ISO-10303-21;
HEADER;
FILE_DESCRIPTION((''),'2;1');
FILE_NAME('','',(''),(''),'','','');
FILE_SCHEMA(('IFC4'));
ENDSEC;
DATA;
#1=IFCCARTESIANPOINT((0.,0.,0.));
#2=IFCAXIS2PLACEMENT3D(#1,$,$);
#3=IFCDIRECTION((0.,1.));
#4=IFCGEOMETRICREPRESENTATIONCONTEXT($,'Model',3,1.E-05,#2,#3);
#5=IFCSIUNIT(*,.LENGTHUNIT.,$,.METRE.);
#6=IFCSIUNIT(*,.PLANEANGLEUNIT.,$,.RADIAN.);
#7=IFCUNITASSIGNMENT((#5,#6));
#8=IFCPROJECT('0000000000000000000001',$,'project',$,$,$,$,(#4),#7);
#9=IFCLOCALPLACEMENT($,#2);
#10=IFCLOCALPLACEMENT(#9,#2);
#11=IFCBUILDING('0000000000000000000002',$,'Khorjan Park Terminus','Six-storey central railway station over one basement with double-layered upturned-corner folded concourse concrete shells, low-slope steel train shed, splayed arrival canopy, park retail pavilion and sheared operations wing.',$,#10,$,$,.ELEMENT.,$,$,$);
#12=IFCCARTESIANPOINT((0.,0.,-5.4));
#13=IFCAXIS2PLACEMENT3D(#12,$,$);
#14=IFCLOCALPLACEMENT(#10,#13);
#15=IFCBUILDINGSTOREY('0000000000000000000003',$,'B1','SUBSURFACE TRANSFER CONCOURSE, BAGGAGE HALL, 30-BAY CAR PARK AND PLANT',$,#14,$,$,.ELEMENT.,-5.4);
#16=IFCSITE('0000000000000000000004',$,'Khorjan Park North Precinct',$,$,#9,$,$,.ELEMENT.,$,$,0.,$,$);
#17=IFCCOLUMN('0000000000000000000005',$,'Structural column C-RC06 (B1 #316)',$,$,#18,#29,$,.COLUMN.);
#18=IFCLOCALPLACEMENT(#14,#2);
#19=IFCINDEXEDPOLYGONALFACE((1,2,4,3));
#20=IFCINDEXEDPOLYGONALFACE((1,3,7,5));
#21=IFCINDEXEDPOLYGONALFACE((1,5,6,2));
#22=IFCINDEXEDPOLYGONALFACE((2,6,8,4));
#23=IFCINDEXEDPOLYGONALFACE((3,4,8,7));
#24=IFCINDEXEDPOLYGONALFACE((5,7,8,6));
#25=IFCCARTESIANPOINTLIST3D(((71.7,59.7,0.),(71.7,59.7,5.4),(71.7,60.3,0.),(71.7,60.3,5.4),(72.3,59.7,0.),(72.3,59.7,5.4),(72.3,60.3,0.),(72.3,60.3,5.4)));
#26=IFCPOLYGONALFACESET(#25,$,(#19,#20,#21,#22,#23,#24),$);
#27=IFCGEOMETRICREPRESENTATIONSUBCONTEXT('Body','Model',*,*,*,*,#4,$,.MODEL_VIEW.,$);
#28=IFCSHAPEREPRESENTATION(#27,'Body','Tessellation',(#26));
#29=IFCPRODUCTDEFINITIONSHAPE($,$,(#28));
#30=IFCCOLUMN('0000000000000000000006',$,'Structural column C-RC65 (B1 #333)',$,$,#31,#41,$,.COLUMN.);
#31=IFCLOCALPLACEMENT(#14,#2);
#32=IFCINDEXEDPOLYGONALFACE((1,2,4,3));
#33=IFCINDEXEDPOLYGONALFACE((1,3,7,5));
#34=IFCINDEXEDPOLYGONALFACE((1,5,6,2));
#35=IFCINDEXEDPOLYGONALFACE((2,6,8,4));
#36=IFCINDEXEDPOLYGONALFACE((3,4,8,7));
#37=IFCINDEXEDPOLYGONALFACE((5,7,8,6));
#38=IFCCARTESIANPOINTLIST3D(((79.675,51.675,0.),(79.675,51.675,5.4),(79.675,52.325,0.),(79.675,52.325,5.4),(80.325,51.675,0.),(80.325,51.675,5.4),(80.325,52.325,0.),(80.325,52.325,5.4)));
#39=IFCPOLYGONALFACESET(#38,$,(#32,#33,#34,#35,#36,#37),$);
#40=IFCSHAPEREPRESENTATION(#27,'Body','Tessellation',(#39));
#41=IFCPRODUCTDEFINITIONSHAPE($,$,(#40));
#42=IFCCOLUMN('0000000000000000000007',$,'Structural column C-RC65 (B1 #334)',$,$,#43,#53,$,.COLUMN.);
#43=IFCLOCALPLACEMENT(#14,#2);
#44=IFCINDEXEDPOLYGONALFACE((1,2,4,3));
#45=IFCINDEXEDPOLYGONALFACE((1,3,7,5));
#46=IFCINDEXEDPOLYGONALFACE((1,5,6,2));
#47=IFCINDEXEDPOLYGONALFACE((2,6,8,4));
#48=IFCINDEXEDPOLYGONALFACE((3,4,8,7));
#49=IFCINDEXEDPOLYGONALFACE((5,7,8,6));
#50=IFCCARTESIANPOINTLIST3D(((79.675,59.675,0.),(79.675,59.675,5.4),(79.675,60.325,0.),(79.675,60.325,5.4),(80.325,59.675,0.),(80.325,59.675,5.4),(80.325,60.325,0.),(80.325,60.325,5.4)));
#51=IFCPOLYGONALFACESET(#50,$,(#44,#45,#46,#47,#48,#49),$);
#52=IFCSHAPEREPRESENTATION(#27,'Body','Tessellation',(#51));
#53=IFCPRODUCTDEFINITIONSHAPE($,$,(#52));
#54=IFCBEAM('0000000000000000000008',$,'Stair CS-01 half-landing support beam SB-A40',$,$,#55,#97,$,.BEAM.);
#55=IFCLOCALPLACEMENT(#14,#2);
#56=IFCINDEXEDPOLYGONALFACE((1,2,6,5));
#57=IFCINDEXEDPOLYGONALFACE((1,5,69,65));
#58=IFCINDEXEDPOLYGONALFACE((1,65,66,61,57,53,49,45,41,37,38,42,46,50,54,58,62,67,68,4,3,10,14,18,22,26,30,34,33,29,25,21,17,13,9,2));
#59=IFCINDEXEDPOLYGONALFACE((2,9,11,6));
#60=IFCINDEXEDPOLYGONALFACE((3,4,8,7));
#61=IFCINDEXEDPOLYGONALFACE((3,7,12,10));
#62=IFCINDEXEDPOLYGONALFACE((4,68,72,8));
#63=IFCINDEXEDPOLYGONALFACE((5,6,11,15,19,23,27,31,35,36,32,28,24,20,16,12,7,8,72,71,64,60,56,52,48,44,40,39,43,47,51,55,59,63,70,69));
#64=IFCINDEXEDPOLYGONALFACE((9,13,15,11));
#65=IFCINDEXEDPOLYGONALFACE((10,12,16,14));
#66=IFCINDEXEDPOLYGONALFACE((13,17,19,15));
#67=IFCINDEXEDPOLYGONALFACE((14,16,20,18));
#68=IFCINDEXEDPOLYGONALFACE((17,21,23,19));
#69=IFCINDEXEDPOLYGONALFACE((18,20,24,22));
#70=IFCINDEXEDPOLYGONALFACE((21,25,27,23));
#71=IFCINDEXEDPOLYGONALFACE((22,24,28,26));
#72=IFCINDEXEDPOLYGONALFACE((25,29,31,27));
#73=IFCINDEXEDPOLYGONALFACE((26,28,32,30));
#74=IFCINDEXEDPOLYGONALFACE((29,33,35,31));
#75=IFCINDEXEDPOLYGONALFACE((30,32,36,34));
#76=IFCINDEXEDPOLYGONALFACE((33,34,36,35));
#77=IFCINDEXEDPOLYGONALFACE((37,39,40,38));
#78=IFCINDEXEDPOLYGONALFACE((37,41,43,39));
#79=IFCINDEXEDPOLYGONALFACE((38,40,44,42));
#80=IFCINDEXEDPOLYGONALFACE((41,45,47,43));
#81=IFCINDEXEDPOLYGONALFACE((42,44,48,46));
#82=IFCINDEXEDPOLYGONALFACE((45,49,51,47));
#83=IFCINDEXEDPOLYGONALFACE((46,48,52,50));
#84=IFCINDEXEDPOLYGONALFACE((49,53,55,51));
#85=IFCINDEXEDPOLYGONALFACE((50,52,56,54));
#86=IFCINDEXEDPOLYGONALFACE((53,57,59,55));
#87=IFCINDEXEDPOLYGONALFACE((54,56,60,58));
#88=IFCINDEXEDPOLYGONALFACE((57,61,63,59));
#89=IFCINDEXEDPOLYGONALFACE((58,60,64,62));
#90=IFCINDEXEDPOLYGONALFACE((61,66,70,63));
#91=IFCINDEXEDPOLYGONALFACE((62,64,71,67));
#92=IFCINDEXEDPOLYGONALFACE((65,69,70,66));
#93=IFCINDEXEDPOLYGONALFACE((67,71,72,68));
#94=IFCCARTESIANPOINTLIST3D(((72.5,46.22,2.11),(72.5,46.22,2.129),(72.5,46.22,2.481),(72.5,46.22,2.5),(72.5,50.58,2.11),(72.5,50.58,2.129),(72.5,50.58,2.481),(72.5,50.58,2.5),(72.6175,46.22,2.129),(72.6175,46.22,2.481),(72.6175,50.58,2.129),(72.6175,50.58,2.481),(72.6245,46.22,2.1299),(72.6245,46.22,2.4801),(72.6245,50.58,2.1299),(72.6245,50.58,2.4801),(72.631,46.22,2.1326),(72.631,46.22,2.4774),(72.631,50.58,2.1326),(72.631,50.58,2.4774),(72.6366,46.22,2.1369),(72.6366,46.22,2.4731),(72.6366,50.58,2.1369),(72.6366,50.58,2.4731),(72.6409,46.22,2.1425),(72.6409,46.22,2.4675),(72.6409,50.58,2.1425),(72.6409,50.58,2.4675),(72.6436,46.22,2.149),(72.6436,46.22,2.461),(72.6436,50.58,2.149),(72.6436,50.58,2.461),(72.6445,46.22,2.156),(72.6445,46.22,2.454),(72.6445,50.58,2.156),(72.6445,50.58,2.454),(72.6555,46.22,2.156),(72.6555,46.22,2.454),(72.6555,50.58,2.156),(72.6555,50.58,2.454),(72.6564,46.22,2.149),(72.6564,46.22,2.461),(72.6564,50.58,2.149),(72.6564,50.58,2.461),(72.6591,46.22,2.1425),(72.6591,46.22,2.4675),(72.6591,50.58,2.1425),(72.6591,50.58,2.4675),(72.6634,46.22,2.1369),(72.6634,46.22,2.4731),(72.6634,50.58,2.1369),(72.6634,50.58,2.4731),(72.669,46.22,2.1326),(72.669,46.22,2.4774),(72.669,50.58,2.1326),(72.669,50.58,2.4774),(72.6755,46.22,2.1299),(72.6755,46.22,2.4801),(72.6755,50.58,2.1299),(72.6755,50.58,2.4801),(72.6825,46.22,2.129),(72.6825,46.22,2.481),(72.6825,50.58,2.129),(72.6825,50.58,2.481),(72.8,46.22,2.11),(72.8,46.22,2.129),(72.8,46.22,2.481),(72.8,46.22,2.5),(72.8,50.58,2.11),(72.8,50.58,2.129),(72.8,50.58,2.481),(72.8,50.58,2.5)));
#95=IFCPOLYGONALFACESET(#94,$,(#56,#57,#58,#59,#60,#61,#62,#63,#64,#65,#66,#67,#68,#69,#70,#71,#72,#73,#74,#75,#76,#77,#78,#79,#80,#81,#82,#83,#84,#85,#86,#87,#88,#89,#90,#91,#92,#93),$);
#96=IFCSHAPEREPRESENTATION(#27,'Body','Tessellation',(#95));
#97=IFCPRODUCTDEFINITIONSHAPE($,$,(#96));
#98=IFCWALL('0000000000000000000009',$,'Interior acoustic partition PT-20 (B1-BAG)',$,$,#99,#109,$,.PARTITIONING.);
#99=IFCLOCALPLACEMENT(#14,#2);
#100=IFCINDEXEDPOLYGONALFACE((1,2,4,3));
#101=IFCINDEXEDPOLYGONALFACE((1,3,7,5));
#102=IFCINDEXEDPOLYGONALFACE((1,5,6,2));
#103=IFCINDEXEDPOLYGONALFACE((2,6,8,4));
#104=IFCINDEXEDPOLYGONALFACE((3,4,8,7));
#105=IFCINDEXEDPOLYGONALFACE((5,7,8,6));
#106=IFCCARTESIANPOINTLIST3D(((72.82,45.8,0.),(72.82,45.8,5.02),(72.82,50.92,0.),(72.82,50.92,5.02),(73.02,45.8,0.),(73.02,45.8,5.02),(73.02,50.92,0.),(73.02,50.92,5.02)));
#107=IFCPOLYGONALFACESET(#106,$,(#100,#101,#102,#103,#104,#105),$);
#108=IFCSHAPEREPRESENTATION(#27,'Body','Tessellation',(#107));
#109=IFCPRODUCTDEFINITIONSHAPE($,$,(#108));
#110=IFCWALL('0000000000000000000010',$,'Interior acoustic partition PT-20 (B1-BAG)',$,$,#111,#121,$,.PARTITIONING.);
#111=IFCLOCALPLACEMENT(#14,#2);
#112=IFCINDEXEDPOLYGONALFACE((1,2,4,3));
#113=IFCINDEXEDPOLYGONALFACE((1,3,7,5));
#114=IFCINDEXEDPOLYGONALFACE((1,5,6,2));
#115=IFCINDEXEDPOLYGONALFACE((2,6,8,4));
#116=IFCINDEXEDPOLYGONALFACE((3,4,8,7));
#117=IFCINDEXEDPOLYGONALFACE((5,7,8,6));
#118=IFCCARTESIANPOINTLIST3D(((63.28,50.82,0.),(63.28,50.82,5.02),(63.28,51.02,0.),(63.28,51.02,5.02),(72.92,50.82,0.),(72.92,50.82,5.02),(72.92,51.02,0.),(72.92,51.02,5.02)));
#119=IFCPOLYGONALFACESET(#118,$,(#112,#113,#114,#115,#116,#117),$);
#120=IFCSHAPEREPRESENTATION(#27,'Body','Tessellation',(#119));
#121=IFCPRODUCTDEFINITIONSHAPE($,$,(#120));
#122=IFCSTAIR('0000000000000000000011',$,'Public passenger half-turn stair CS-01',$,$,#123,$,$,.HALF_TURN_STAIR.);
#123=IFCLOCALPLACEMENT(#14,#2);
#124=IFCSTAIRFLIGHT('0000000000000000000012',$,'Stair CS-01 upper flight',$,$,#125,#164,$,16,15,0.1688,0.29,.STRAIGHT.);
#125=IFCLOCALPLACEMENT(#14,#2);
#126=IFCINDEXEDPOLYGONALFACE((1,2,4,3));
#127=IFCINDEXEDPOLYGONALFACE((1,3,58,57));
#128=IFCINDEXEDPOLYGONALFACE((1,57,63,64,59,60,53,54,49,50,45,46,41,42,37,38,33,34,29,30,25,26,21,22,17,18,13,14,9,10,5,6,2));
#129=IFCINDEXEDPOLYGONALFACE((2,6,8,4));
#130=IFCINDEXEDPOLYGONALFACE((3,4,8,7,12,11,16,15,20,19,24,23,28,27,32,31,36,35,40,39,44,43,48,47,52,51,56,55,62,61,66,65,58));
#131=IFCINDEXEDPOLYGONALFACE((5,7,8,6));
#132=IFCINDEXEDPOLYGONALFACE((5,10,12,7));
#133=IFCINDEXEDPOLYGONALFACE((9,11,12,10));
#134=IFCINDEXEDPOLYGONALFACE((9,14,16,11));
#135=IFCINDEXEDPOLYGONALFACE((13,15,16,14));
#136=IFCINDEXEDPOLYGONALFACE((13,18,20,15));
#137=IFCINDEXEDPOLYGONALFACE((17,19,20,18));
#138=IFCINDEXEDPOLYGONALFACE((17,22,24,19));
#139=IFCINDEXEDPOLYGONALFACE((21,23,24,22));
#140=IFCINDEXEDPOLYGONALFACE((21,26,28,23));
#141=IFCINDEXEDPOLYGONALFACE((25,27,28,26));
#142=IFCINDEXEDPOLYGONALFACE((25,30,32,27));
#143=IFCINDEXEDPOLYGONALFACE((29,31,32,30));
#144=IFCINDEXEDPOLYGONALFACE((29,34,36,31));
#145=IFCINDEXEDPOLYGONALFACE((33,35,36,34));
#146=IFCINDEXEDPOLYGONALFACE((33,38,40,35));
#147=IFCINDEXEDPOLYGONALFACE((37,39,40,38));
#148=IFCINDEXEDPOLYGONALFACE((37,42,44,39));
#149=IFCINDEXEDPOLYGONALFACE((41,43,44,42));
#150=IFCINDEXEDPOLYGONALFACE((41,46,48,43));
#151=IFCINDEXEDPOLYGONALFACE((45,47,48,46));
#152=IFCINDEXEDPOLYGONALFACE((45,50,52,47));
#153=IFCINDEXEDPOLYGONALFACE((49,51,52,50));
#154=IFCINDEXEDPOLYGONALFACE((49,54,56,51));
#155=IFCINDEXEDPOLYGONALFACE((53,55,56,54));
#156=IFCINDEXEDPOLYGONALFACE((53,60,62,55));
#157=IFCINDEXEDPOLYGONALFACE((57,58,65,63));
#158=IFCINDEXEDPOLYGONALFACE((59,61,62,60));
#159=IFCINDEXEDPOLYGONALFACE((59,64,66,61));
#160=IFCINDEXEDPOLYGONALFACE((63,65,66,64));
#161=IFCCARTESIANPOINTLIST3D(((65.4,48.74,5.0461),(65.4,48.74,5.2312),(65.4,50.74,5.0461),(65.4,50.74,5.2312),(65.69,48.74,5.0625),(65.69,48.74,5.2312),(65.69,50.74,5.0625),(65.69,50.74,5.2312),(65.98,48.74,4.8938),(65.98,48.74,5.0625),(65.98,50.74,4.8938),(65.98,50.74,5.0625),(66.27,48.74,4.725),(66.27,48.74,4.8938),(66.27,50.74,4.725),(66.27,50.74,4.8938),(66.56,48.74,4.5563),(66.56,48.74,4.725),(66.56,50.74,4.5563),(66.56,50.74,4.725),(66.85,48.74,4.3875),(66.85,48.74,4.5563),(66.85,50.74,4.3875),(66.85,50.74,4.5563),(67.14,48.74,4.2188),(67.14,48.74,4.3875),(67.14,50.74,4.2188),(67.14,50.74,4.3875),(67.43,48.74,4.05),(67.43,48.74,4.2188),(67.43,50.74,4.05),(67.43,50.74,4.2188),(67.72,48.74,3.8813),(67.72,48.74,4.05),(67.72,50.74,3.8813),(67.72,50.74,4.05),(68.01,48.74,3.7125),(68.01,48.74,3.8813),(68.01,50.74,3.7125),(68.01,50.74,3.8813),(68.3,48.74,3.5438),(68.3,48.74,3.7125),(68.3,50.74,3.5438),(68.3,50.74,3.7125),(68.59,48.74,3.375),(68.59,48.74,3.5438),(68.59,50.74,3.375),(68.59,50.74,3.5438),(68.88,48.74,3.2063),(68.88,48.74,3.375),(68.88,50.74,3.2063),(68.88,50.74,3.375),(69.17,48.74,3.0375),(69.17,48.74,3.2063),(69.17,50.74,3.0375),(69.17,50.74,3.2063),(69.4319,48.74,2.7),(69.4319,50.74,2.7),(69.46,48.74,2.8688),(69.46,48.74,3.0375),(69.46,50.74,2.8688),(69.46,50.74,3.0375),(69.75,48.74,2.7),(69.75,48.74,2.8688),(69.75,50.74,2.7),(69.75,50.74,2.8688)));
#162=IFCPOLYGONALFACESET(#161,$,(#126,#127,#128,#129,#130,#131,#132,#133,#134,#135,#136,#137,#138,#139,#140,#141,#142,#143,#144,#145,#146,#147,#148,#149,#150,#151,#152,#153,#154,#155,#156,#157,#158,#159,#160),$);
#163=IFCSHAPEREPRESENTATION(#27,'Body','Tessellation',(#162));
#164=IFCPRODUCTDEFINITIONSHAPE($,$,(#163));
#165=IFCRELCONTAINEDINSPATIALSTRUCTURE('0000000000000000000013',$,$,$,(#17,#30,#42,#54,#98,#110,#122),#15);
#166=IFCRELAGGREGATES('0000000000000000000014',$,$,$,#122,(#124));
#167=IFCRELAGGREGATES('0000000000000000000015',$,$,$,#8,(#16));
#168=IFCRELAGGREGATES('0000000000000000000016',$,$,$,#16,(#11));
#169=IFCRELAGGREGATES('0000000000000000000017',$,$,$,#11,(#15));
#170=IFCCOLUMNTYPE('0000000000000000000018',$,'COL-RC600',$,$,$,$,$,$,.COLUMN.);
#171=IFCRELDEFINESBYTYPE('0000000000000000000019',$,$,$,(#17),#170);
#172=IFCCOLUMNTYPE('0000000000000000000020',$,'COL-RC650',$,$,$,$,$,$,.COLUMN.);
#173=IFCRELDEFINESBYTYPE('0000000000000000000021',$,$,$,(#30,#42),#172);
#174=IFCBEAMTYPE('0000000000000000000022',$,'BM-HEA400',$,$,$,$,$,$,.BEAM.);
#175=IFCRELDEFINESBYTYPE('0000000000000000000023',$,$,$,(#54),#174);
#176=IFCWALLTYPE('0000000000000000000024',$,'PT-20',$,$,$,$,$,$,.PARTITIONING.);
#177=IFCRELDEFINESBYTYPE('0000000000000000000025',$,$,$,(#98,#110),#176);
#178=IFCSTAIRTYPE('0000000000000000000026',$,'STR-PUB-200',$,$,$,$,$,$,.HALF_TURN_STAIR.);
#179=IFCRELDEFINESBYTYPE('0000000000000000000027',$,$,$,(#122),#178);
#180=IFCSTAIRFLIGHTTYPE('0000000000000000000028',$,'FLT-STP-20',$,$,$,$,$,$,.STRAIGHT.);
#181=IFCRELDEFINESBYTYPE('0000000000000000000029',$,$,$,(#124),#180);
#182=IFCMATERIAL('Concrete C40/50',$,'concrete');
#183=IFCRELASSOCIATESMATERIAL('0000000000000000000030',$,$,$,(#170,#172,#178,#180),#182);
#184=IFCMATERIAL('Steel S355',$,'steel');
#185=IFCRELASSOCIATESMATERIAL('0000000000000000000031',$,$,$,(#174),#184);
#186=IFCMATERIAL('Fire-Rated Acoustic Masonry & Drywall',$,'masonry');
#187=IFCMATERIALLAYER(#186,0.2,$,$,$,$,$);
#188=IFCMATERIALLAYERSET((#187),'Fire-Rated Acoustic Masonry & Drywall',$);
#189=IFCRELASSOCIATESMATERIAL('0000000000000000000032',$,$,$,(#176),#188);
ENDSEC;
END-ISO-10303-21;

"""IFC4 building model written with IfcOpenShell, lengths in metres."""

from ifc_helpers import new_model, si_unit, direction, frame, frame_2d, origin, origin_2d, place, context, subcontext, project, spatial, polyline, rectangle, i_section, outline, extrude, material, layer, layer_set, material_profile, profile_set, type_object, element, aggregate, save


model = new_model("IFC4")

# Units and contexts
model_context = context("Model", 3, precision=1e-05, world=origin(), true_north=direction((0.0, 1.0)))
body_context = subcontext(model_context, "Body", "Model", "MODEL_VIEW")
ifc_project = project(units=[si_unit("LENGTHUNIT", "METRE"), si_unit("PLANEANGLEUNIT", "RADIAN")], contexts=[model_context])

# Site, building, storey
site_placement = place(None, origin())
site = spatial("IfcSite", under=ifc_project, at=site_placement, Name="Khorjan Park North Precinct", CompositionType="ELEMENT", RefElevation=0.0)
building_placement = place(site_placement, origin())
building = spatial("IfcBuilding", under=site, at=building_placement, Name="Khorjan Park Terminus", Description="Six-storey central railway station over one basement with double-layered upturned-corner folded concourse concrete shells, low-slope steel train shed, splayed arrival canopy, park retail pavilion and sheared operations wing.", CompositionType="ELEMENT")
storey_placement = place(building_placement, frame((0.0, 0.0, -5.4)))
storey = spatial("IfcBuildingStorey", under=building, at=storey_placement, Name="B1", Description="SUBSURFACE TRANSFER CONCOURSE, BAGGAGE HALL, 30-BAY CAR PARK AND PLANT", CompositionType="ELEMENT", Elevation=-5.4)

# Shared definitions
ifc_material_1 = material(Name="Concrete C40/50", Category="concrete")

# Columns
ifc_material_2 = material(Name="Steel S355", Category="steel")
ifc_material_profile_1 = material_profile(ifc_material_1, rectangle(XDim=0.6, YDim=0.6, at=origin_2d()), Name="RC 600x600")
ifc_profile_set_1 = profile_set([ifc_material_profile_1], Name="Concrete C40/50")
column_type_1 = type_object("IfcColumnType", Name="COL-RC600", PredefinedType="COLUMN", material=ifc_profile_set_1)
for number, where, z_axis, x_axis, name in (
    (1, (72.0, 60.0, 0.0), (0.0, 0.0, 1.0), (1.0, 0.0, 0.0), "Structural column C-RC06 (B1 #316)"),
):
    element("IfcColumn", number, at=place(storey_placement, frame(where, z_axis=z_axis, x_axis=x_axis)), inside=storey, type_object=column_type_1, Name=name, PredefinedType="COLUMN", context=body_context, shape_type="SweptSolid", body=[
        extrude(rectangle(XDim=0.6, YDim=0.6, at=origin_2d()), origin(), (0.0, 0.0, 1.0), 5.4),
    ])
ifc_material_profile_2 = material_profile(ifc_material_1, rectangle(XDim=0.65, YDim=0.65, at=origin_2d()), Name="RC 650x650")
ifc_profile_set_2 = profile_set([ifc_material_profile_2], Name="Concrete C40/50")
column_type_2 = type_object("IfcColumnType", Name="COL-RC650", PredefinedType="COLUMN", material=ifc_profile_set_2)
for number, where, z_axis, x_axis, name in (
    (2, (80.0, 52.0, 0.0), (0.0, 0.0, 1.0), (1.0, 0.0, 0.0), "Structural column C-RC65 (B1 #333)"),
    (3, (80.0, 60.0, 0.0), (0.0, 0.0, 1.0), (1.0, 0.0, 0.0), "Structural column C-RC65 (B1 #334)"),
):
    element("IfcColumn", number, at=place(storey_placement, frame(where, z_axis=z_axis, x_axis=x_axis)), inside=storey, type_object=column_type_2, Name=name, PredefinedType="COLUMN", context=body_context, shape_type="SweptSolid", body=[
        extrude(rectangle(XDim=0.65, YDim=0.65, at=origin_2d()), origin(), (0.0, 0.0, 1.0), 5.4),
    ])

# Beam
ifc_material_profile_3 = material_profile(ifc_material_2, i_section(OverallWidth=0.3, OverallDepth=0.39, WebThickness=0.011, FlangeThickness=0.019, FilletRadius=0.027, at=origin_2d()), Name="HEA 400")
ifc_profile_set_3 = profile_set([ifc_material_profile_3], Name="Steel S355")
beam_type = type_object("IfcBeamType", Name="BM-HEA400", PredefinedType="BEAM", material=ifc_profile_set_3)
beam_placement = place(storey_placement, frame((72.65, 46.22, 2.305), z_axis=(0.0, 1.0, 0.0), x_axis=(-1.0, 0.0, 0.0)))
element("IfcBeam", 4, at=beam_placement, inside=storey, type_object=beam_type, Name="Stair CS-01 half-landing support beam SB-A40", PredefinedType="BEAM", context=body_context, shape_type="SweptSolid", body=[
    extrude(i_section(OverallWidth=0.3, OverallDepth=0.39, WebThickness=0.011, FlangeThickness=0.019, FilletRadius=0.027, at=origin_2d()), origin(), (0.0, 0.0, 1.0), 4.36),
])

# Walls
ifc_material_3 = material(Name="Fire-Rated Acoustic Masonry & Drywall", Category="masonry")
ifc_layer = layer(ifc_material_3, 0.2)
ifc_layer_set = layer_set([ifc_layer], Name="Fire-Rated Acoustic Masonry & Drywall")
wall_type = type_object("IfcWallType", Name="PT-20", PredefinedType="PARTITIONING", material=ifc_layer_set)
wall_1_placement = place(storey_placement, frame((72.92, 45.8, 0.0), z_axis=(0.0, 0.0, 1.0), x_axis=(0.0, 1.0, 0.0)))
element("IfcWall", 5, at=wall_1_placement, inside=storey, type_object=wall_type, Name="Interior acoustic partition PT-20 (B1-BAG)", PredefinedType="PARTITIONING", context=body_context, shape_type="SweptSolid", body=[
    extrude(rectangle(XDim=5.12, YDim=0.2, at=frame_2d((2.56, 0.0))), origin(), (0.0, 0.0, 1.0), 5.02),
])
wall_2_placement = place(storey_placement, frame((72.92, 50.92, 0.0), z_axis=(0.0, 0.0, 1.0), x_axis=(-1.0, 0.0, 0.0)))
element("IfcWall", 6, at=wall_2_placement, inside=storey, type_object=wall_type, Name="Interior acoustic partition PT-20 (B1-BAG)", PredefinedType="PARTITIONING", context=body_context, shape_type="SweptSolid", body=[
    extrude(rectangle(XDim=9.64, YDim=0.2, at=frame_2d((4.82, 0.0))), origin(), (0.0, 0.0, 1.0), 5.02),
])

# Stair, stair flight
stair_type = type_object("IfcStairType", Name="STR-PUB-200", PredefinedType="HALF_TURN_STAIR", material=ifc_material_1)
stair_placement = place(storey_placement, origin())
stair = element("IfcStair", 7, at=stair_placement, inside=storey, type_object=stair_type, Name="Public passenger half-turn stair CS-01", PredefinedType="HALF_TURN_STAIR")
stair_flight_type = type_object("IfcStairFlightType", Name="FLT-STP-20", PredefinedType="STRAIGHT", material=ifc_material_1)
stair_flight_placement = place(storey_placement, frame((69.75, 49.74, 2.7), z_axis=(0.0, 0.0, 1.0), x_axis=(-1.0, 0.0, 0.0)))
stair_flight = element("IfcStairFlight", 8, at=stair_flight_placement, type_object=stair_flight_type, Name="Stair CS-01 upper flight", NumberOfRisers=16, NumberOfTreads=15, PredefinedType="STRAIGHT", RiserHeight=0.1688, TreadLength=0.29, context=body_context, shape_type="SweptSolid", body=[
    extrude(outline(polyline([(0.0, 0.0), (0.0, 0.1688), (0.29, 0.1688), (0.29, 0.3375), (0.58, 0.3375), (0.58, 0.5063), (0.87, 0.5063), (0.87, 0.675), (1.16, 0.675), (1.16, 0.8438), (1.45, 0.8438), (1.45, 1.0125), (1.74, 1.0125), (1.74, 1.1813), (2.03, 1.1813), (2.03, 1.35), (2.32, 1.35), (2.32, 1.5188), (2.61, 1.5188), (2.61, 1.6875), (2.9, 1.6875), (2.9, 1.8563), (3.19, 1.8563), (3.19, 2.025), (3.48, 2.025), (3.48, 2.1938), (3.77, 2.1938), (3.77, 2.3625), (4.06, 2.3625), (4.06, 2.5312), (4.35, 2.5312), (4.35, 2.7), (4.35, 2.3461), (0.3181, 0.0), (0.0, 0.0)])), frame((0.0, 1.0, 0.0), z_axis=(0.0, -1.0, 0.0), x_axis=(1.0, 0.0, 0.0)), (0.0, 0.0, 1.0), 2.0),
])
aggregate(stair, [stair_flight])

save(model, "model.ifc")
